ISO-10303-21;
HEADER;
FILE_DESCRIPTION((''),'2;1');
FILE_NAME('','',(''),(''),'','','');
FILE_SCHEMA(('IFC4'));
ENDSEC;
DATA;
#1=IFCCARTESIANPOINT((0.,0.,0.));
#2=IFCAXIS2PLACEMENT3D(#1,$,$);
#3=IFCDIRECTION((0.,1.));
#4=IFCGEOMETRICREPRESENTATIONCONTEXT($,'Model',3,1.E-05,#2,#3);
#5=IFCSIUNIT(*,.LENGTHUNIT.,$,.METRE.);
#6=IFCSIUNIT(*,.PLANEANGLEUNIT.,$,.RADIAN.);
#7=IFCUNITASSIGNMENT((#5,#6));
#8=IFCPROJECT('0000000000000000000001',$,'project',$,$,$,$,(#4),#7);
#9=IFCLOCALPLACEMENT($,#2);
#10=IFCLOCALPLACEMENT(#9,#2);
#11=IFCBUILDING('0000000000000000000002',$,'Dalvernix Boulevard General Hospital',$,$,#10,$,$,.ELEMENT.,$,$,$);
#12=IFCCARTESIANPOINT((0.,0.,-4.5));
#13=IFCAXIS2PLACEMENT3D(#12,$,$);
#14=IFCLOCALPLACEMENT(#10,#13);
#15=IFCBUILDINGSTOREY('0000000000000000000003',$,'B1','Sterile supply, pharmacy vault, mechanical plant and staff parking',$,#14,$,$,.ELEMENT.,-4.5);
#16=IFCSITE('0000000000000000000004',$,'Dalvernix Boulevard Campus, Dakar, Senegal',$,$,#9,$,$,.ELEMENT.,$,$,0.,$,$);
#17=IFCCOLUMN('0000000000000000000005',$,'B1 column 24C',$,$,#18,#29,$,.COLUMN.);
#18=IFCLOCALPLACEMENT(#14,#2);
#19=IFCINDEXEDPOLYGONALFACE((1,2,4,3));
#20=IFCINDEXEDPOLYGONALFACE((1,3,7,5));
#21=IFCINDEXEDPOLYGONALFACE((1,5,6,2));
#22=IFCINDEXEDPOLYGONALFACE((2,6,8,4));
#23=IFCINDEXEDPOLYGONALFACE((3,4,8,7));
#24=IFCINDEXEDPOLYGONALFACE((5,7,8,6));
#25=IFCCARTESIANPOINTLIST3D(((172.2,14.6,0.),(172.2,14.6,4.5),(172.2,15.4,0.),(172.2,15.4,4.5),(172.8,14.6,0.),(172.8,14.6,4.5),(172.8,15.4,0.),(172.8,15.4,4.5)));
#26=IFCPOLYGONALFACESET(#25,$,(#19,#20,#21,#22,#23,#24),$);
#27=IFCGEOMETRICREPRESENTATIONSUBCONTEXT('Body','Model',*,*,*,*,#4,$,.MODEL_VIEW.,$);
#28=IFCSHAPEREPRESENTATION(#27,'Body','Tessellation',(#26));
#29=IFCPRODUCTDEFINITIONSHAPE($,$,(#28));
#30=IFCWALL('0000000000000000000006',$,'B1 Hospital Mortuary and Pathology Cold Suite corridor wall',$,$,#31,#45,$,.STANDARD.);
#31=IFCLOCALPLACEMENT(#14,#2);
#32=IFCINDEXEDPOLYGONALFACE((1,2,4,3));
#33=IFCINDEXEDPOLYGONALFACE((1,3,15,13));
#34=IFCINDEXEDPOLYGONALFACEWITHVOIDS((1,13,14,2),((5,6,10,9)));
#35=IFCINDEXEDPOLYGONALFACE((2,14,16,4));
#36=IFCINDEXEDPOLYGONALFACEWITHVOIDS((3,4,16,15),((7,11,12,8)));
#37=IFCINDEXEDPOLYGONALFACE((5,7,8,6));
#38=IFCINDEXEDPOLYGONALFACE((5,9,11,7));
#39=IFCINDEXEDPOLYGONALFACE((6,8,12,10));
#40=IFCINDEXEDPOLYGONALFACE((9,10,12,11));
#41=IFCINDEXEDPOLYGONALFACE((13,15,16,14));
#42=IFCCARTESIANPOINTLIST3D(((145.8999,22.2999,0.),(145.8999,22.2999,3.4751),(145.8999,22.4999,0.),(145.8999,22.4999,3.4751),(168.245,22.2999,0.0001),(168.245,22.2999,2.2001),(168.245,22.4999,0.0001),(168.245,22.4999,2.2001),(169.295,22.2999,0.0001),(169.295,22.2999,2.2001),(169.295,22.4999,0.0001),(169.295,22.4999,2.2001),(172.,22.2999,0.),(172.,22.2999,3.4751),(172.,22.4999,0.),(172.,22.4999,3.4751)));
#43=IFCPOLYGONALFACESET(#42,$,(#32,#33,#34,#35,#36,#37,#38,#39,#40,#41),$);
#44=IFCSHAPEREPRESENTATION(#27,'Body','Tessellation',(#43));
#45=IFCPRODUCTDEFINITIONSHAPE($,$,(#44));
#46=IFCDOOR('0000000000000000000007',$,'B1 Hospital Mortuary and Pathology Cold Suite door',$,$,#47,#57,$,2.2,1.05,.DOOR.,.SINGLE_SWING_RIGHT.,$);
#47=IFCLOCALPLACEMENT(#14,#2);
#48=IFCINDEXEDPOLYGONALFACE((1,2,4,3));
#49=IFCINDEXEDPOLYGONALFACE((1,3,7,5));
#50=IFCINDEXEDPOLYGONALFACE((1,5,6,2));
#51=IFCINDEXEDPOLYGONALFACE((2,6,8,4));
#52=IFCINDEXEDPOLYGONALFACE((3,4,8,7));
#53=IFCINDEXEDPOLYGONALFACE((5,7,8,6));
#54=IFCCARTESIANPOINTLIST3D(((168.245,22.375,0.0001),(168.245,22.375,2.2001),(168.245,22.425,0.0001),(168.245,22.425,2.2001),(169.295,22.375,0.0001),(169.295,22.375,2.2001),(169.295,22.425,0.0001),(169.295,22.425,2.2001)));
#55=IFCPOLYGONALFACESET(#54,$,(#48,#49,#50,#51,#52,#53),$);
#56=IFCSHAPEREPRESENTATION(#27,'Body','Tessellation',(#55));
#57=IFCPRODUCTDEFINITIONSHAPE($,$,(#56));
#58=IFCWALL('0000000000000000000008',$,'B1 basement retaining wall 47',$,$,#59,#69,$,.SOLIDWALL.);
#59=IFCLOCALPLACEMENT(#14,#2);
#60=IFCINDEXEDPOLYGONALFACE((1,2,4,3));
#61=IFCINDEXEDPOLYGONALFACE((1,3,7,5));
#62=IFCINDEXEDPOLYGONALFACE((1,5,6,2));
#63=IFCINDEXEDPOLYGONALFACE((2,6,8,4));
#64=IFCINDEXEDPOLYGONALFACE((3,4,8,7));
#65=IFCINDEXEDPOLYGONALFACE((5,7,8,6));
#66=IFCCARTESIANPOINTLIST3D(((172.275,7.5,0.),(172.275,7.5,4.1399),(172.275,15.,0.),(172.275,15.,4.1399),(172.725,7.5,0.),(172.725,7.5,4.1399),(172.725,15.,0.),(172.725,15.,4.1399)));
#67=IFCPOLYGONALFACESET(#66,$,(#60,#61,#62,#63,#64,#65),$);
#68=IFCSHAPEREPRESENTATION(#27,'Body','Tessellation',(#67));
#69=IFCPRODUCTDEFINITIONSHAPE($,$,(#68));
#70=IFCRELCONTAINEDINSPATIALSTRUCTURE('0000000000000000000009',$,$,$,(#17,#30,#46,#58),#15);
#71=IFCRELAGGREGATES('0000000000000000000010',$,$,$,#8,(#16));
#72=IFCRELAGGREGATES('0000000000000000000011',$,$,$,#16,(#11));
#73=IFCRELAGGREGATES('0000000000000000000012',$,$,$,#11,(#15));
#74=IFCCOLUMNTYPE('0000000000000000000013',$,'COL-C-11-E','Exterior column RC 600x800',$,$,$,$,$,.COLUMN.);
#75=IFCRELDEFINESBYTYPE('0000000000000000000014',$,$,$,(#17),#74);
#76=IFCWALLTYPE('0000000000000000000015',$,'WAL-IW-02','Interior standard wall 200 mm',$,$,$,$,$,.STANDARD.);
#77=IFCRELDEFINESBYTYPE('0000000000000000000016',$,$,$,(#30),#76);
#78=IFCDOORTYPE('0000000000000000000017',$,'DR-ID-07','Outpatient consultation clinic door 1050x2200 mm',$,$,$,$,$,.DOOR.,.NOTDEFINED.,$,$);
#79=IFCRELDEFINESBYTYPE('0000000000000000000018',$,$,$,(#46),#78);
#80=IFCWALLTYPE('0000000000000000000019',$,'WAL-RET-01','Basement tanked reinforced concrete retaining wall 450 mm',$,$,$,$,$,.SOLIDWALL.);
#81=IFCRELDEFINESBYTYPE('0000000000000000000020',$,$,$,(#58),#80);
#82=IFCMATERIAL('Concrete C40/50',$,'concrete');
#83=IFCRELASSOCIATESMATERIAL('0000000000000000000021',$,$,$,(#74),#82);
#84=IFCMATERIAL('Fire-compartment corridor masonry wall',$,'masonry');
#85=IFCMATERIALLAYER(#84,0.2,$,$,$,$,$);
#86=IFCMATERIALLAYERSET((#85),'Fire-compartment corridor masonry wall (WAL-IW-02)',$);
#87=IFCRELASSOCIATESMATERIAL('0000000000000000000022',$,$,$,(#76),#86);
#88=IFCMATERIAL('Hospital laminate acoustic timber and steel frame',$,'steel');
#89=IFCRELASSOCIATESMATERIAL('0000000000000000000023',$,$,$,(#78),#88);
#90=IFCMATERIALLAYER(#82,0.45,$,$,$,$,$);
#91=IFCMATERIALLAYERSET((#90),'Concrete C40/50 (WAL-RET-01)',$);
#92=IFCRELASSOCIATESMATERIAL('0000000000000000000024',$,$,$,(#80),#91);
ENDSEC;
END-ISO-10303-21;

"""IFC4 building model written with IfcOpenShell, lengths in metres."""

from ifc_helpers import new_model, si_unit, direction, frame, frame_2d, origin, origin_2d, place, context, subcontext, project, spatial, rectangle, extrude, material, layer, layer_set, material_profile, profile_set, type_object, element, fill, save


model = new_model("IFC4")

# Units and contexts
model_context = context("Model", 3, precision=1e-05, world=origin(), true_north=direction((0.0, 1.0)))
body_context = subcontext(model_context, "Body", "Model", "MODEL_VIEW")
ifc_project = project(units=[si_unit("LENGTHUNIT", "METRE"), si_unit("PLANEANGLEUNIT", "RADIAN")], contexts=[model_context])

# Site, building, storey
site_placement = place(None, origin())
site = spatial("IfcSite", under=ifc_project, at=site_placement, Name="Dalvernix Boulevard Campus, Dakar, Senegal", CompositionType="ELEMENT", RefElevation=0.0)
building_placement = place(site_placement, origin())
building = spatial("IfcBuilding", under=site, at=building_placement, Name="Dalvernix Boulevard General Hospital", CompositionType="ELEMENT")
storey_placement = place(building_placement, frame((0.0, 0.0, -4.5)))
storey = spatial("IfcBuildingStorey", under=building, at=storey_placement, Name="B1", Description="Sterile supply, pharmacy vault, mechanical plant and staff parking", CompositionType="ELEMENT", Elevation=-4.5)

# Shared definitions
ifc_material_1 = material(Name="Concrete C40/50", Category="concrete")

# Column
ifc_material_profile_1 = material_profile(ifc_material_1, rectangle(XDim=0.6001, YDim=0.8, at=origin_2d()), Name="RC 600x800")
ifc_profile_set_1 = profile_set([ifc_material_profile_1], Name="Concrete C40/50")
column_type_1 = type_object("IfcColumnType", Name="COL-C-11-E", Description="Exterior column RC 600x800", PredefinedType="COLUMN", material=ifc_profile_set_1)
column_1_placement = place(storey_placement, frame((172.5, 15.0, 0.0), z_axis=(0.0, 0.0, 1.0), x_axis=(1.0, 0.0, 0.0)))
element("IfcColumn", 1, at=column_1_placement, inside=storey, type_object=column_type_1, Name="B1 column 24C", PredefinedType="COLUMN", context=body_context, shape_type="SweptSolid", body=[
    extrude(rectangle(XDim=0.6001, YDim=0.8, at=origin_2d()), origin(), (0.0, 0.0, 1.0), 4.5),
])

# Wall, opening, door
ifc_material_2 = material(Name="Fire-compartment corridor masonry wall", Category="masonry")
ifc_layer_1 = layer(ifc_material_2, 0.2)
ifc_layer_set_1 = layer_set([ifc_layer_1], Name="Fire-compartment corridor masonry wall (WAL-IW-02)")
wall_type_1 = type_object("IfcWallType", Name="WAL-IW-02", Description="Interior standard wall 200 mm", PredefinedType="STANDARD", material=ifc_layer_set_1)
wall_1_placement = place(storey_placement, frame((172.0, 22.3999, 0.0), z_axis=(0.0, 0.0, 1.0), x_axis=(-1.0, 0.0, 0.0)))
wall_1 = element("IfcWall", 2, at=wall_1_placement, inside=storey, type_object=wall_type_1, Name="B1 Hospital Mortuary and Pathology Cold Suite corridor wall", PredefinedType="STANDARD", context=body_context, shape_type="SweptSolid", body=[
    extrude(rectangle(XDim=26.1001, YDim=0.2, at=frame_2d((13.05, 0.0))), origin(), (0.0, 0.0, 1.0), 3.4751),
])
opening_placement = place(wall_1_placement, frame((2.7051, 0.0, 0.0)))
opening = element("IfcOpeningElement", 3, at=opening_placement, cuts=wall_1, PredefinedType="OPENING", context=body_context, shape_type="SweptSolid", body=[
    extrude(rectangle(XDim=1.05, YDim=2.2, at=frame_2d((0.5249, 1.1001))), frame((0.0, 0.1099, 0.0), z_axis=(0.0, -1.0, 0.0), x_axis=(1.0, 0.0, 0.0)), (0.0, 0.0, 1.0), 0.22),
])
ifc_material_3 = material(Name="Hospital laminate acoustic timber and steel frame", Category="steel")
door_type = type_object("IfcDoorType", Name="DR-ID-07", Description="Outpatient consultation clinic door 1050x2200 mm", OperationType="NOTDEFINED", PredefinedType="DOOR", material=ifc_material_3)
door_placement = place(opening_placement, origin())
door = element("IfcDoor", 4, at=door_placement, inside=storey, type_object=door_type, Name="B1 Hospital Mortuary and Pathology Cold Suite door", OperationType="SINGLE_SWING_RIGHT", OverallHeight=2.2, OverallWidth=1.05, PredefinedType="DOOR", context=body_context, shape_type="SweptSolid", body=[
    extrude(rectangle(XDim=1.05, YDim=2.2, at=frame_2d((0.5249, 1.1001))), frame((0.0, 0.0249, 0.0), z_axis=(0.0, -1.0, 0.0), x_axis=(1.0, 0.0, 0.0)), (0.0, 0.0, 1.0), 0.05),
])
fill(opening, door)

# Wall
ifc_layer_2 = layer(ifc_material_1, 0.45)
ifc_layer_set_2 = layer_set([ifc_layer_2], Name="Concrete C40/50 (WAL-RET-01)")
wall_type_2 = type_object("IfcWallType", Name="WAL-RET-01", Description="Basement tanked reinforced concrete retaining wall 450 mm", PredefinedType="SOLIDWALL", material=ifc_layer_set_2)
wall_2_placement = place(storey_placement, frame((172.5, 15.0, 0.0), z_axis=(0.0, 0.0, 1.0), x_axis=(0.0, -1.0, 0.0)))
element("IfcWall", 5, at=wall_2_placement, inside=storey, type_object=wall_type_2, Name="B1 basement retaining wall 47", PredefinedType="SOLIDWALL", context=body_context, shape_type="SweptSolid", body=[
    extrude(rectangle(XDim=7.5, YDim=0.45, at=frame_2d((3.75, 0.0))), origin(), (0.0, 0.0, 1.0), 4.1399),
])

save(model, "model.ifc")
